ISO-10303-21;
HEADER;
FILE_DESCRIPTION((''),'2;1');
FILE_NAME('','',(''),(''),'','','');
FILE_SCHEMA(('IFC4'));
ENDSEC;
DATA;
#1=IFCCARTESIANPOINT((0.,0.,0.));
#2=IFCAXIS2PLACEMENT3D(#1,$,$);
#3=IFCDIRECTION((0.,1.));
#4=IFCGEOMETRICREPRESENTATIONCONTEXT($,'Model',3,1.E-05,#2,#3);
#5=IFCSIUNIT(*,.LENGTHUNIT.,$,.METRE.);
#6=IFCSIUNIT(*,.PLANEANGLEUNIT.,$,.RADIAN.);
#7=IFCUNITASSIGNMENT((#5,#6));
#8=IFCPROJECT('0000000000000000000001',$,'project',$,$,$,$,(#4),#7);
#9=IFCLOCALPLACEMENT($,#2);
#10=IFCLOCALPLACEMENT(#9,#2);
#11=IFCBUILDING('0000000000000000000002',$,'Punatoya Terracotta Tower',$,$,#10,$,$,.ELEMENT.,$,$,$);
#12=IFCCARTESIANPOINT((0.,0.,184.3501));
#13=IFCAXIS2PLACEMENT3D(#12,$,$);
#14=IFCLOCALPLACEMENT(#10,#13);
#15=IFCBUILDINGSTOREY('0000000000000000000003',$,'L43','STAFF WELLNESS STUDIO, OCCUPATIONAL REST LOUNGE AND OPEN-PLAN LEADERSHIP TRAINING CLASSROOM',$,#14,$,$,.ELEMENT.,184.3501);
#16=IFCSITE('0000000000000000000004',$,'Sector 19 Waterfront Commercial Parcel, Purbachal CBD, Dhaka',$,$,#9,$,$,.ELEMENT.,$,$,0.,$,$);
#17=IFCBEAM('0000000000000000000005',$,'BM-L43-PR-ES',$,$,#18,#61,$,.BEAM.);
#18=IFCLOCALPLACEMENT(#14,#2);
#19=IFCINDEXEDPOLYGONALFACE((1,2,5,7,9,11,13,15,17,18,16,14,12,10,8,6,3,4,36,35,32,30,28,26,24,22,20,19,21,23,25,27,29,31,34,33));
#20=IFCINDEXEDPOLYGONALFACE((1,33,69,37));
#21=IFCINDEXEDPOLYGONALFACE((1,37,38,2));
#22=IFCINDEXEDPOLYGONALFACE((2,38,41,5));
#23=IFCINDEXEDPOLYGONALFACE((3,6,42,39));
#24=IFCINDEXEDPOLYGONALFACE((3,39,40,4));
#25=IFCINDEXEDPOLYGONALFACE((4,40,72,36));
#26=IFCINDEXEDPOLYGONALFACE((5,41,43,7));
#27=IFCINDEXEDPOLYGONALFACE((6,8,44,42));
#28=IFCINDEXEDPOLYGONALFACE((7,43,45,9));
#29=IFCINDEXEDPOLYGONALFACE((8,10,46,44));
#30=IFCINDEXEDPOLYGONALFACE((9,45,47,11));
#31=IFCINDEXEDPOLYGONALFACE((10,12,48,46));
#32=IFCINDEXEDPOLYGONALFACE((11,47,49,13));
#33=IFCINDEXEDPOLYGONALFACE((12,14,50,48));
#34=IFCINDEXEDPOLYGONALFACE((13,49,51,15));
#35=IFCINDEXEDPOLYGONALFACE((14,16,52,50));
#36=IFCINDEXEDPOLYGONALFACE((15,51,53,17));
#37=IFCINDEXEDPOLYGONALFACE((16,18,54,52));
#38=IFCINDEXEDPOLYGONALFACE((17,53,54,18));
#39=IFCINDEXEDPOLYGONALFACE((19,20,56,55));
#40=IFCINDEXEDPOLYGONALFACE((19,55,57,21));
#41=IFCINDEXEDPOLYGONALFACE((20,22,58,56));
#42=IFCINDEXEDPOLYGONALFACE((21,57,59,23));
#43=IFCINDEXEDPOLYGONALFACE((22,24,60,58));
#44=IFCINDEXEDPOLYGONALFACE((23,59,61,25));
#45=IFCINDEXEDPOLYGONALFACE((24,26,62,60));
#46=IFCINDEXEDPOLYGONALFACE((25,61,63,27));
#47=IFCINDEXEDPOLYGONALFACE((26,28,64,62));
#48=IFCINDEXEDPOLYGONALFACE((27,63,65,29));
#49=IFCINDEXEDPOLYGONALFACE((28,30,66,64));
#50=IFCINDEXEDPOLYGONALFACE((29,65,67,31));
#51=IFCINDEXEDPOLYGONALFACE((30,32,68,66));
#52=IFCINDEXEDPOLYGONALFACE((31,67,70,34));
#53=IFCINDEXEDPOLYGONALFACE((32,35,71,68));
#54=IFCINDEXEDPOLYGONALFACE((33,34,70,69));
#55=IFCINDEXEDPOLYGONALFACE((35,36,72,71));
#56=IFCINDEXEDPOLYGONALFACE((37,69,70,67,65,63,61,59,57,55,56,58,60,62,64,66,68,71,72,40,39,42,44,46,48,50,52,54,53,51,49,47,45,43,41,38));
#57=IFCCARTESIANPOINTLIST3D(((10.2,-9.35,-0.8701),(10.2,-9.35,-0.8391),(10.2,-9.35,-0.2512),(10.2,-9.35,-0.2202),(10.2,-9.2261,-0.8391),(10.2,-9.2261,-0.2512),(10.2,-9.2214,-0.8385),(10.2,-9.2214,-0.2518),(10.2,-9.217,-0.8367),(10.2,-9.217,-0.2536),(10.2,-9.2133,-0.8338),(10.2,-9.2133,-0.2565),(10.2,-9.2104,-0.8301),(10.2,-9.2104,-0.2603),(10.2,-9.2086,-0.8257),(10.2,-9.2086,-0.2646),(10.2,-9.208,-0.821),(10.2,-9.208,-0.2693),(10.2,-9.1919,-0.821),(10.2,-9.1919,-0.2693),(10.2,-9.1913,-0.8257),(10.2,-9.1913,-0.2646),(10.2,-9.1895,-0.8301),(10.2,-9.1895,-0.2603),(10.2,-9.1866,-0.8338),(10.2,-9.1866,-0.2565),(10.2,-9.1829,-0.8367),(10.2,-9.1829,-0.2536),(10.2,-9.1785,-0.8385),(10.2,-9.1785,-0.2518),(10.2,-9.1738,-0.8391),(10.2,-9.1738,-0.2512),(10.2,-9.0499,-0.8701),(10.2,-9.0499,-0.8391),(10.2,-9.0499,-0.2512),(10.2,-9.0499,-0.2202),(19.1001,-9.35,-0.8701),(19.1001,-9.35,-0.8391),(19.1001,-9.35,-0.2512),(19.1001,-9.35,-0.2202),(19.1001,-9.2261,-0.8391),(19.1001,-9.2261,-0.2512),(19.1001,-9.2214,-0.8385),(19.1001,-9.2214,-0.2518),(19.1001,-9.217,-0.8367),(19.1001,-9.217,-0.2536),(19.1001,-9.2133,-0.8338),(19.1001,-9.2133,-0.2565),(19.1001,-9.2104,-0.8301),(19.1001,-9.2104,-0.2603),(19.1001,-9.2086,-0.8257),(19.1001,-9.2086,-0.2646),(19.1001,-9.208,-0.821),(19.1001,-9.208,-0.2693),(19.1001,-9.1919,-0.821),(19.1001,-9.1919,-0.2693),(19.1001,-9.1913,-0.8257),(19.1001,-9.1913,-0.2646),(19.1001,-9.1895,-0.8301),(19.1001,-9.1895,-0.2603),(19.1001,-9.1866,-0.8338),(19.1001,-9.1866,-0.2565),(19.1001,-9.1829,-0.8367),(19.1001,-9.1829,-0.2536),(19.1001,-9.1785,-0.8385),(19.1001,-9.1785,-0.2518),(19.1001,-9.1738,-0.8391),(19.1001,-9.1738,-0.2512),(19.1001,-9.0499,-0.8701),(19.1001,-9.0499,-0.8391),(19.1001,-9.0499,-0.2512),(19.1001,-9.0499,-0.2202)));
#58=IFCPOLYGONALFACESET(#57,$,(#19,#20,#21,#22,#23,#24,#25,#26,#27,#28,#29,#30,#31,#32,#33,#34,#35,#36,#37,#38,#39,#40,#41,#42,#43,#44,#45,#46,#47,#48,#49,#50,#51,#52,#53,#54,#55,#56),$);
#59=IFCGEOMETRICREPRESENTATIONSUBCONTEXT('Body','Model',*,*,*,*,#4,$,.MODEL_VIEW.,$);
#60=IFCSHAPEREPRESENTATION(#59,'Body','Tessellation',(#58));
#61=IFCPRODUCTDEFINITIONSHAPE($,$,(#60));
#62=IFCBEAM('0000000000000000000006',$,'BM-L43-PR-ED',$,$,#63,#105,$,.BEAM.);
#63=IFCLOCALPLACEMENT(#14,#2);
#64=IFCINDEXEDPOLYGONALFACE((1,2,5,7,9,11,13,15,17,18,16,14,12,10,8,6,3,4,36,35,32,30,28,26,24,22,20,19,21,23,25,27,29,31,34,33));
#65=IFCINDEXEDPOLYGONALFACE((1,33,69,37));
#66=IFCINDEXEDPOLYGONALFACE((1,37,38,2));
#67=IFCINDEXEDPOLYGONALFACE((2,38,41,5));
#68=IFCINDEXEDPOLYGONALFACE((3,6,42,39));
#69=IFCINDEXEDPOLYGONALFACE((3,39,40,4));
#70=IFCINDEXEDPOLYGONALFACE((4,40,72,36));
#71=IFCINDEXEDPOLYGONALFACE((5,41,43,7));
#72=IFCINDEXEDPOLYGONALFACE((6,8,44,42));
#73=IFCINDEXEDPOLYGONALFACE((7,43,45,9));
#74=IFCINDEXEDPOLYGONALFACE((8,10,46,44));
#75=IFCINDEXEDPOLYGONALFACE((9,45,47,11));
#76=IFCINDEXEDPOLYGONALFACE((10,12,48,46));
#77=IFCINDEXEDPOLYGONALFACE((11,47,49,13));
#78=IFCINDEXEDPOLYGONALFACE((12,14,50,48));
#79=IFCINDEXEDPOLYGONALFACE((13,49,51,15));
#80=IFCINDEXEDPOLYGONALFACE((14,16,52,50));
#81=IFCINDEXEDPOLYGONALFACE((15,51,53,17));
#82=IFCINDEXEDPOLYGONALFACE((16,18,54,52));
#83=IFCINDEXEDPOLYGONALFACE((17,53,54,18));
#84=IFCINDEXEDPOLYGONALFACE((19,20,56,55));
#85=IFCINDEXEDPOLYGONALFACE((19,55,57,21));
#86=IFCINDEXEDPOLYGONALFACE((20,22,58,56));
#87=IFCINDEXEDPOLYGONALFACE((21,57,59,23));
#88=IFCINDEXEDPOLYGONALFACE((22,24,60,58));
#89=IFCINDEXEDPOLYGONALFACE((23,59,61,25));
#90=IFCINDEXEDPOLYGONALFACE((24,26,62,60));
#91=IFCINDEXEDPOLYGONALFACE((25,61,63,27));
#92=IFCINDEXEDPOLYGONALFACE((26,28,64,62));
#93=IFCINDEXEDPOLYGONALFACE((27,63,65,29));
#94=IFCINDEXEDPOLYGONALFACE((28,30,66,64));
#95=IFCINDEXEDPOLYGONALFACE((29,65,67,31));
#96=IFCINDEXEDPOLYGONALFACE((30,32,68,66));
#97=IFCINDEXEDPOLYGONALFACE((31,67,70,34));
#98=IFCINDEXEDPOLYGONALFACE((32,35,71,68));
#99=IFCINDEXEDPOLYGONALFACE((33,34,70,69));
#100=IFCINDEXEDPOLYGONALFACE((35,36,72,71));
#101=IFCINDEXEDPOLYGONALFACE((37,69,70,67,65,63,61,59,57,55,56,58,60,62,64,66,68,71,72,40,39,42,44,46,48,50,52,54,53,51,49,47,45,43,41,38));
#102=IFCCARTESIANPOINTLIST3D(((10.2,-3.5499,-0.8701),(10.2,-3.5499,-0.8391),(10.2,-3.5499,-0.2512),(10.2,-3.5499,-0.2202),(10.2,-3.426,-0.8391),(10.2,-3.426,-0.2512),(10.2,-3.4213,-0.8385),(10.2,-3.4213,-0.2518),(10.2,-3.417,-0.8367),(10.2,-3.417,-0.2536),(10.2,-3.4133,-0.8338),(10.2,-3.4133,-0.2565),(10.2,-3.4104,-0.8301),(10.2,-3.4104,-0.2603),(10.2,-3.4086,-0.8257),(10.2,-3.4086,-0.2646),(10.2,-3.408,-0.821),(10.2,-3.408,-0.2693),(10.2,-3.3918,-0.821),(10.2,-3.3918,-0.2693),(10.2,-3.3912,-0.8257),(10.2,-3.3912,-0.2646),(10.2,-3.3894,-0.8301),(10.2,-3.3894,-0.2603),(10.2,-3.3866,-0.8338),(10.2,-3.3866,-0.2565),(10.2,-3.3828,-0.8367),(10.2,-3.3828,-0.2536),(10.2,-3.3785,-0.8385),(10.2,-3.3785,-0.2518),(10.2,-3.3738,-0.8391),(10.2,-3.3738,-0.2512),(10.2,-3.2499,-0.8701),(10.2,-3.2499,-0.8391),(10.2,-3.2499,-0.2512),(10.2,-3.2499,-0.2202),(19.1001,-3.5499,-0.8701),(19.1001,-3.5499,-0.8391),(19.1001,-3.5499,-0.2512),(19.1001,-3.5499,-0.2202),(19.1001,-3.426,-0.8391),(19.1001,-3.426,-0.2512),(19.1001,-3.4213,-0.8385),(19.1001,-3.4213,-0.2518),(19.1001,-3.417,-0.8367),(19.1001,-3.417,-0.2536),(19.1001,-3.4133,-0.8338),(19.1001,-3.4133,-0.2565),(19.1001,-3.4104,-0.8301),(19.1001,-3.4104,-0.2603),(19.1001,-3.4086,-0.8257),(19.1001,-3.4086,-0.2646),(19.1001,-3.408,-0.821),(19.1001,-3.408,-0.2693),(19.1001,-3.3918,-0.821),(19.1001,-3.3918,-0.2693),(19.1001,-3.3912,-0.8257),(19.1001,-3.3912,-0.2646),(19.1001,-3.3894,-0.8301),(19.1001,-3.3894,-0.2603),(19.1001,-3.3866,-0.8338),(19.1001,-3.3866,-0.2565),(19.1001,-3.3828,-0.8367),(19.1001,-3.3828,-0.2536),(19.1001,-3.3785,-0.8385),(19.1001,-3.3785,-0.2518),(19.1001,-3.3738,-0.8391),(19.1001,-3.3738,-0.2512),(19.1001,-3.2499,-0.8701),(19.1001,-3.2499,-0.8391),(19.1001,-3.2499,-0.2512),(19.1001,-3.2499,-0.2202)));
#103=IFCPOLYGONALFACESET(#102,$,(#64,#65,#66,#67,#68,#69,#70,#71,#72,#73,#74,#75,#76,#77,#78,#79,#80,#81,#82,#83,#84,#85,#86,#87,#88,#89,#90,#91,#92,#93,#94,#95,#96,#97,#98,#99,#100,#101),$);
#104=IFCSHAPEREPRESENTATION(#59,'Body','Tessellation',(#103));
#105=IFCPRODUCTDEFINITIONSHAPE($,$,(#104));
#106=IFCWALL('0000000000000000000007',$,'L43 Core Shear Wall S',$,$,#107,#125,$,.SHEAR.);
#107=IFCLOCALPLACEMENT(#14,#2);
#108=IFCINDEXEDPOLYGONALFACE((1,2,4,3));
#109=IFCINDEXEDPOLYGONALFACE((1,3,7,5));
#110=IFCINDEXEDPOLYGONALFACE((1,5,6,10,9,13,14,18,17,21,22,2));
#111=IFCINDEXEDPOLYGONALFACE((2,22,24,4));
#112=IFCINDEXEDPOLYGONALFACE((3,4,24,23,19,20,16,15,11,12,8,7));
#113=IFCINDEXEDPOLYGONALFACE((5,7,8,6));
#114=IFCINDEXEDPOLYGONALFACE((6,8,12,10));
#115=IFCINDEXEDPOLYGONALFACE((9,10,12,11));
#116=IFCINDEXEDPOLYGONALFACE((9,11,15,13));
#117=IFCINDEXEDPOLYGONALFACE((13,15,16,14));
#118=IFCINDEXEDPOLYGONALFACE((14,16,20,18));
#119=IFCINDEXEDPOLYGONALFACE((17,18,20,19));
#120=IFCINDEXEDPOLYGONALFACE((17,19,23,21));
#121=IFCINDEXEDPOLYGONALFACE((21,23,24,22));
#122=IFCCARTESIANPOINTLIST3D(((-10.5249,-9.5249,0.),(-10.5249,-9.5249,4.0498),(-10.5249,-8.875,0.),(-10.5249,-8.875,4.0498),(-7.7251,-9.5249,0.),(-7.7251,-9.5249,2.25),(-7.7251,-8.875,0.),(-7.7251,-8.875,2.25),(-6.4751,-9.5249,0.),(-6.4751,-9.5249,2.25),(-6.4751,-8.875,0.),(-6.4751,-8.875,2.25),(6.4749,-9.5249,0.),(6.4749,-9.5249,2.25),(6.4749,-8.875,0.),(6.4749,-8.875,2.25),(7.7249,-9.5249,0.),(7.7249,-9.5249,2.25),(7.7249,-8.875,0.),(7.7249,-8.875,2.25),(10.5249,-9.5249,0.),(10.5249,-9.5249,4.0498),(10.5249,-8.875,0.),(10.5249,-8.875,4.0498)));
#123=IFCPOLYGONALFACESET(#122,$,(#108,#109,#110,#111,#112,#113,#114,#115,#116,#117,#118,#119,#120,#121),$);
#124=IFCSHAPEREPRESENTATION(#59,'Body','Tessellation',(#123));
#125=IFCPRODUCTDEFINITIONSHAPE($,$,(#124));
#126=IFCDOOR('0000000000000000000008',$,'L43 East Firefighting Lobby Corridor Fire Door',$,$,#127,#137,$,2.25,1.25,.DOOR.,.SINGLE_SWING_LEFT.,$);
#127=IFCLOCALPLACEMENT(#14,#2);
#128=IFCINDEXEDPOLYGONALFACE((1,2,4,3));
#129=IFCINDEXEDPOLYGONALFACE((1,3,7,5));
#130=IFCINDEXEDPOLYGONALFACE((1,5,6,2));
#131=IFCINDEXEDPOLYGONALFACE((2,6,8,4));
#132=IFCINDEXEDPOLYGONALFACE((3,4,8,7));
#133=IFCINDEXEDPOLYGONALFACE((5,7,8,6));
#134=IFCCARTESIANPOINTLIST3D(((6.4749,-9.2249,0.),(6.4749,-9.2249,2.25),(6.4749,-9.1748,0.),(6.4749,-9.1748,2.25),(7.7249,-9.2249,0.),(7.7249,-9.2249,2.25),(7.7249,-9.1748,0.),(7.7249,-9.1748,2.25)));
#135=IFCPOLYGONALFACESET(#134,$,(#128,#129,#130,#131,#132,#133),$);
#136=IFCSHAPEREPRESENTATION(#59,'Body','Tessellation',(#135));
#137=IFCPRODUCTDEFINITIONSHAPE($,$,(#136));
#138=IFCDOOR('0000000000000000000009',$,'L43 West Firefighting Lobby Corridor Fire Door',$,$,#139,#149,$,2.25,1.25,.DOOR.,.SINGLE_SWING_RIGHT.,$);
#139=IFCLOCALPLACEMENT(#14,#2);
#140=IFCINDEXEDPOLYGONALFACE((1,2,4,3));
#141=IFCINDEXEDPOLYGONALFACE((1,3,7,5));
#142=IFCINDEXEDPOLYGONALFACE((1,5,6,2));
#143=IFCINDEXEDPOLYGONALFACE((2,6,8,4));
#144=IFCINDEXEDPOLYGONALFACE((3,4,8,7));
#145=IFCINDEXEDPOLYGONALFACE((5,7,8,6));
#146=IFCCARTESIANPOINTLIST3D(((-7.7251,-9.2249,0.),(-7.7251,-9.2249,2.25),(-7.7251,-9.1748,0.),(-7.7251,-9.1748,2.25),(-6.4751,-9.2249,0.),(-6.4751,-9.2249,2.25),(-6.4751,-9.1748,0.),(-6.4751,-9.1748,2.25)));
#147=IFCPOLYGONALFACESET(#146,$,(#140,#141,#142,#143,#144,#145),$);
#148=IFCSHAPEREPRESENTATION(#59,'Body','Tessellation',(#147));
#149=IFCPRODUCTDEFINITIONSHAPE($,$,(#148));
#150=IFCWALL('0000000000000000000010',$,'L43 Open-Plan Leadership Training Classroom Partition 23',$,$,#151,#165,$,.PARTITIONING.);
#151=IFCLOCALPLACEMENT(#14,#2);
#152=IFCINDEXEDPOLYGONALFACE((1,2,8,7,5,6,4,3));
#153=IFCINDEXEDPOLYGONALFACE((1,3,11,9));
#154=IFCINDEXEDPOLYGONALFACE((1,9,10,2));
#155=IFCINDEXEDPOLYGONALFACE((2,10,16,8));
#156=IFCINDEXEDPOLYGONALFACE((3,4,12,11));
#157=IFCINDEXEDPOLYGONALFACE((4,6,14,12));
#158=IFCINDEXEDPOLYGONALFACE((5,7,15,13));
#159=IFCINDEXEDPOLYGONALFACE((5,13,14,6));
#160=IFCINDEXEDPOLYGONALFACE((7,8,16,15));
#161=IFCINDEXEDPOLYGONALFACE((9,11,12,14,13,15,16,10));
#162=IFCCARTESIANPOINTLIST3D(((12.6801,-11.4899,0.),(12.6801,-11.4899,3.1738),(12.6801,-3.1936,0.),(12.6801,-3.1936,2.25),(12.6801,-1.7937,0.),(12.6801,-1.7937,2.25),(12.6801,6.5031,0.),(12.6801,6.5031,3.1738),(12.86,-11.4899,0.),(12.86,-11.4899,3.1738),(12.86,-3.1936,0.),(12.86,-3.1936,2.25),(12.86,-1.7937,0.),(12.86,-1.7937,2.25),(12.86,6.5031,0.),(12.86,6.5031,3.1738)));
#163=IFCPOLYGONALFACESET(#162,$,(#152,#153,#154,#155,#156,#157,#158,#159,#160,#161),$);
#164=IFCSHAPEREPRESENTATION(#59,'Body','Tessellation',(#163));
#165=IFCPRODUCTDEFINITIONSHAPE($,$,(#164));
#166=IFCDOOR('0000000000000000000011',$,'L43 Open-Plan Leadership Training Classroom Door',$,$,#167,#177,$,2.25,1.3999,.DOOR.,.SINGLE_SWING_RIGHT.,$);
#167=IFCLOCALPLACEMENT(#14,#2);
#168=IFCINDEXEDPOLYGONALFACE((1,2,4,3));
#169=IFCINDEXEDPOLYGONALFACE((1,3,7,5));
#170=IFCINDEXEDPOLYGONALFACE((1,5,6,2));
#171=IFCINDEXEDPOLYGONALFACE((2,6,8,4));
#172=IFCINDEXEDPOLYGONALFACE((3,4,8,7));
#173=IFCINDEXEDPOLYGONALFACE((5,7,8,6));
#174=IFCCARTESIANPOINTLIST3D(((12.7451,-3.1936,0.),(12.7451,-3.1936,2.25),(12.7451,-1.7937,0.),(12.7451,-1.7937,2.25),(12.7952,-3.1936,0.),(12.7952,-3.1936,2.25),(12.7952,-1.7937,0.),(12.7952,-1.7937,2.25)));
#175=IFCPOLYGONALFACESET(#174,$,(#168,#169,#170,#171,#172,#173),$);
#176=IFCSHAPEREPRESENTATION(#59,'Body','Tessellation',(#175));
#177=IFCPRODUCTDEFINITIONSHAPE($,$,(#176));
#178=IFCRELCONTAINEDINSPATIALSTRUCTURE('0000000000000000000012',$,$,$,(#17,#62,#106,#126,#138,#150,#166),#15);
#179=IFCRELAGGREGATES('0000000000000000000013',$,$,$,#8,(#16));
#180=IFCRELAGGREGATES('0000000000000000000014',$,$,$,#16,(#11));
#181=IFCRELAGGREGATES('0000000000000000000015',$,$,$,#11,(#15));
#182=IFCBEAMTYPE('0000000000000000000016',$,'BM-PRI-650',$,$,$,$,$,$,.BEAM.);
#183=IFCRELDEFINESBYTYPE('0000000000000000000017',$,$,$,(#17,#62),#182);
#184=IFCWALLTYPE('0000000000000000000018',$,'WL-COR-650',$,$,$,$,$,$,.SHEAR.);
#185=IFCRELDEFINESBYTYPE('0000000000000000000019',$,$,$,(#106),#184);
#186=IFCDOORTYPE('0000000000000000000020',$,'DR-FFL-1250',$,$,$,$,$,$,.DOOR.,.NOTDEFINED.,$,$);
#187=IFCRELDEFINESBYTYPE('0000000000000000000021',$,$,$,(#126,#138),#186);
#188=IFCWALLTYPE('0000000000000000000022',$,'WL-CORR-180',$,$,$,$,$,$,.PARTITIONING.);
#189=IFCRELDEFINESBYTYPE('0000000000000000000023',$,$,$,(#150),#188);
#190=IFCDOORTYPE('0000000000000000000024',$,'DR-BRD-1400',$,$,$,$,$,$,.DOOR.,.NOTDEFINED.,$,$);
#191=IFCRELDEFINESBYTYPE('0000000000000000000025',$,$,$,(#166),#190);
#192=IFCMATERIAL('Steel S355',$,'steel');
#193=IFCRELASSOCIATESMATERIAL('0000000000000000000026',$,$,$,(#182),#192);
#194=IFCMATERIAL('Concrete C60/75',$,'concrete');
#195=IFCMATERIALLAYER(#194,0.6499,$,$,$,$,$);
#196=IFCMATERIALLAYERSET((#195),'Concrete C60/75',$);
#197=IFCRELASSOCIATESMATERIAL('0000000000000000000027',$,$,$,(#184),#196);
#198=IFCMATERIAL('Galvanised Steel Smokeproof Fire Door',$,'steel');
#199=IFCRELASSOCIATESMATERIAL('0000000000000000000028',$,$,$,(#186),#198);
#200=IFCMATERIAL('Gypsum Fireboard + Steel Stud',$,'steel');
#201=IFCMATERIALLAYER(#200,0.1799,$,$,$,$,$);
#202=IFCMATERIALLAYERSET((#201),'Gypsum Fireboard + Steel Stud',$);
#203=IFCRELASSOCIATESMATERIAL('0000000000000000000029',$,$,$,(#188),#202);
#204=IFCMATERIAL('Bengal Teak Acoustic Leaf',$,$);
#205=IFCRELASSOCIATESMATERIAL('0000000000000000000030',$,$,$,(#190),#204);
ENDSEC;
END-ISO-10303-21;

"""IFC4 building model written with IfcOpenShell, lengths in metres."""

from ifc_helpers import new_model, si_unit, direction, frame, frame_2d, origin, origin_2d, place, context, subcontext, project, spatial, rectangle, i_section, extrude, material, layer, layer_set, material_profile, profile_set, type_object, element, fill, save


model = new_model("IFC4")

# Units and contexts
model_context = context("Model", 3, precision=1e-05, world=origin(), true_north=direction((0.0, 1.0)))
body_context = subcontext(model_context, "Body", "Model", "MODEL_VIEW")
ifc_project = project(units=[si_unit("LENGTHUNIT", "METRE"), si_unit("PLANEANGLEUNIT", "RADIAN")], contexts=[model_context])

# Site, building, storey
site_placement = place(None, origin())
site = spatial("IfcSite", under=ifc_project, at=site_placement, Name="Sector 19 Waterfront Commercial Parcel, Purbachal CBD, Dhaka", CompositionType="ELEMENT", RefElevation=0.0)
building_placement = place(site_placement, origin())
building = spatial("IfcBuilding", under=site, at=building_placement, Name="Punatoya Terracotta Tower", CompositionType="ELEMENT")
storey_placement = place(building_placement, frame((0.0, 0.0, 184.3501)))
storey = spatial("IfcBuildingStorey", under=building, at=storey_placement, Name="L43", Description="STAFF WELLNESS STUDIO, OCCUPATIONAL REST LOUNGE AND OPEN-PLAN LEADERSHIP TRAINING CLASSROOM", CompositionType="ELEMENT", Elevation=184.3501)

# Beams
ifc_material_1 = material(Name="Steel S355", Category="steel")
ifc_material_profile = material_profile(ifc_material_1, i_section(OverallWidth=0.3, OverallDepth=0.6499, WebThickness=0.0161, FlangeThickness=0.031, FilletRadius=0.0181, at=origin_2d()))
ifc_profile_set = profile_set([ifc_material_profile], Name="Steel S355")
beam_type = type_object("IfcBeamType", Name="BM-PRI-650", PredefinedType="BEAM", material=ifc_profile_set)
for number, where, z_axis, x_axis, name in (
    (1, (10.2, -9.2, -0.5452), (1.0, 0.0, 0.0), (0.0, 1.0, 0.0), "BM-L43-PR-ES"),
    (2, (10.2, -3.3999, -0.5452), (1.0, 0.0, 0.0), (0.0, 1.0, 0.0), "BM-L43-PR-ED"),
):
    element("IfcBeam", number, at=place(storey_placement, frame(where, z_axis=z_axis, x_axis=x_axis)), inside=storey, type_object=beam_type, Name=name, PredefinedType="BEAM", context=body_context, shape_type="SweptSolid", body=[
        extrude(i_section(OverallWidth=0.3, OverallDepth=0.6499, WebThickness=0.0161, FlangeThickness=0.031, FilletRadius=0.0181, at=origin_2d()), origin(), (0.0, 0.0, 1.0), 8.9001),
    ])

# Wall, openings, doors
ifc_material_2 = material(Name="Concrete C60/75", Category="concrete")
ifc_layer_1 = layer(ifc_material_2, 0.6499)
ifc_layer_set_1 = layer_set([ifc_layer_1], Name="Concrete C60/75")
wall_type_1 = type_object("IfcWallType", Name="WL-COR-650", PredefinedType="SHEAR", material=ifc_layer_set_1)
wall_1_placement = place(storey_placement, frame((10.5249, -9.2, 0.0), z_axis=(0.0, 0.0, 1.0), x_axis=(-1.0, 0.0, 0.0)))
wall_1 = element("IfcWall", 3, at=wall_1_placement, inside=storey, type_object=wall_type_1, Name="L43 Core Shear Wall S", PredefinedType="SHEAR", context=body_context, shape_type="SweptSolid", body=[
    extrude(rectangle(XDim=21.0498, YDim=0.6499, at=frame_2d((10.5249, 0.0))), origin(), (0.0, 0.0, 1.0), 4.0498),
])
opening_1_placement = place(wall_1_placement, frame((2.8, 0.0, 0.0)))
opening_1 = element("IfcOpeningElement", 4, at=opening_1_placement, cuts=wall_1, PredefinedType="OPENING", context=body_context, shape_type="SweptSolid", body=[
    extrude(rectangle(XDim=1.25, YDim=2.25, at=frame_2d((0.625, 1.125))), frame((0.0, 0.335, 0.0), z_axis=(0.0, -1.0, 0.0), x_axis=(1.0, 0.0, 0.0)), (0.0, 0.0, 1.0), 0.6699),
])
opening_2_placement = place(wall_1_placement, frame((17.0, 0.0, 0.0)))
opening_2 = element("IfcOpeningElement", 5, at=opening_2_placement, cuts=wall_1, PredefinedType="OPENING", context=body_context, shape_type="SweptSolid", body=[
    extrude(rectangle(XDim=1.25, YDim=2.25, at=frame_2d((0.625, 1.125))), frame((0.0, 0.335, 0.0), z_axis=(0.0, -1.0, 0.0), x_axis=(1.0, 0.0, 0.0)), (0.0, 0.0, 1.0), 0.6699),
])
ifc_material_3 = material(Name="Galvanised Steel Smokeproof Fire Door", Category="steel")
door_type_1 = type_object("IfcDoorType", Name="DR-FFL-1250", OperationType="NOTDEFINED", PredefinedType="DOOR", material=ifc_material_3)
door_1_placement = place(opening_1_placement, origin())
door_1 = element("IfcDoor", 6, at=door_1_placement, inside=storey, type_object=door_type_1, Name="L43 East Firefighting Lobby Corridor Fire Door", OperationType="SINGLE_SWING_LEFT", OverallHeight=2.25, OverallWidth=1.25, PredefinedType="DOOR", context=body_context, shape_type="SweptSolid", body=[
    extrude(rectangle(XDim=1.25, YDim=2.25, at=frame_2d((0.625, 1.125))), frame((0.0, 0.0249, 0.0), z_axis=(0.0, -1.0, 0.0), x_axis=(1.0, 0.0, 0.0)), (0.0, 0.0, 1.0), 0.05),
])
fill(opening_1, door_1)
door_2_placement = place(opening_2_placement, origin())
door_2 = element("IfcDoor", 7, at=door_2_placement, inside=storey, type_object=door_type_1, Name="L43 West Firefighting Lobby Corridor Fire Door", OperationType="SINGLE_SWING_RIGHT", OverallHeight=2.25, OverallWidth=1.25, PredefinedType="DOOR", context=body_context, shape_type="SweptSolid", body=[
    extrude(rectangle(XDim=1.25, YDim=2.25, at=frame_2d((0.625, 1.125))), frame((0.0, 0.0249, 0.0), z_axis=(0.0, -1.0, 0.0), x_axis=(1.0, 0.0, 0.0)), (0.0, 0.0, 1.0), 0.05),
])
fill(opening_2, door_2)

# Wall, opening, door
ifc_material_4 = material(Name="Gypsum Fireboard + Steel Stud", Category="steel")
ifc_layer_2 = layer(ifc_material_4, 0.1799)
ifc_layer_set_2 = layer_set([ifc_layer_2], Name="Gypsum Fireboard + Steel Stud")
wall_type_2 = type_object("IfcWallType", Name="WL-CORR-180", PredefinedType="PARTITIONING", material=ifc_layer_set_2)
wall_2_placement = place(storey_placement, frame((12.77, -11.49, 0.0), z_axis=(0.0, 0.0, 1.0), x_axis=(0.0, 1.0, 0.0)))
wall_2 = element("IfcWall", 8, at=wall_2_placement, inside=storey, type_object=wall_type_2, Name="L43 Open-Plan Leadership Training Classroom Partition 23", PredefinedType="PARTITIONING", context=body_context, shape_type="SweptSolid", body=[
    extrude(rectangle(XDim=17.9929, YDim=0.1799, at=frame_2d((8.9966, 0.0))), origin(), (0.0, 0.0, 1.0), 3.1738),
])
opening_3_placement = place(wall_2_placement, frame((8.2964, 0.0, 0.0)))
opening_3 = element("IfcOpeningElement", 9, at=opening_3_placement, cuts=wall_2, PredefinedType="OPENING", context=body_context, shape_type="SweptSolid", body=[
    extrude(rectangle(XDim=1.3999, YDim=2.25, at=frame_2d((0.7, 1.125))), frame((0.0, 0.0999, 0.0), z_axis=(0.0, -1.0, 0.0), x_axis=(1.0, 0.0, 0.0)), (0.0, 0.0, 1.0), 0.2),
])
ifc_material_5 = material(Name="Bengal Teak Acoustic Leaf")
door_type_2 = type_object("IfcDoorType", Name="DR-BRD-1400", OperationType="NOTDEFINED", PredefinedType="DOOR", material=ifc_material_5)
door_3_placement = place(opening_3_placement, origin())
door_3 = element("IfcDoor", 10, at=door_3_placement, inside=storey, type_object=door_type_2, Name="L43 Open-Plan Leadership Training Classroom Door", OperationType="SINGLE_SWING_RIGHT", OverallHeight=2.25, OverallWidth=1.3999, PredefinedType="DOOR", context=body_context, shape_type="SweptSolid", body=[
    extrude(rectangle(XDim=1.3999, YDim=2.25, at=frame_2d((0.7, 1.125))), frame((0.0, 0.0249, 0.0), z_axis=(0.0, -1.0, 0.0), x_axis=(1.0, 0.0, 0.0)), (0.0, 0.0, 1.0), 0.05),
])
fill(opening_3, door_3)

save(model, "model.ifc")
